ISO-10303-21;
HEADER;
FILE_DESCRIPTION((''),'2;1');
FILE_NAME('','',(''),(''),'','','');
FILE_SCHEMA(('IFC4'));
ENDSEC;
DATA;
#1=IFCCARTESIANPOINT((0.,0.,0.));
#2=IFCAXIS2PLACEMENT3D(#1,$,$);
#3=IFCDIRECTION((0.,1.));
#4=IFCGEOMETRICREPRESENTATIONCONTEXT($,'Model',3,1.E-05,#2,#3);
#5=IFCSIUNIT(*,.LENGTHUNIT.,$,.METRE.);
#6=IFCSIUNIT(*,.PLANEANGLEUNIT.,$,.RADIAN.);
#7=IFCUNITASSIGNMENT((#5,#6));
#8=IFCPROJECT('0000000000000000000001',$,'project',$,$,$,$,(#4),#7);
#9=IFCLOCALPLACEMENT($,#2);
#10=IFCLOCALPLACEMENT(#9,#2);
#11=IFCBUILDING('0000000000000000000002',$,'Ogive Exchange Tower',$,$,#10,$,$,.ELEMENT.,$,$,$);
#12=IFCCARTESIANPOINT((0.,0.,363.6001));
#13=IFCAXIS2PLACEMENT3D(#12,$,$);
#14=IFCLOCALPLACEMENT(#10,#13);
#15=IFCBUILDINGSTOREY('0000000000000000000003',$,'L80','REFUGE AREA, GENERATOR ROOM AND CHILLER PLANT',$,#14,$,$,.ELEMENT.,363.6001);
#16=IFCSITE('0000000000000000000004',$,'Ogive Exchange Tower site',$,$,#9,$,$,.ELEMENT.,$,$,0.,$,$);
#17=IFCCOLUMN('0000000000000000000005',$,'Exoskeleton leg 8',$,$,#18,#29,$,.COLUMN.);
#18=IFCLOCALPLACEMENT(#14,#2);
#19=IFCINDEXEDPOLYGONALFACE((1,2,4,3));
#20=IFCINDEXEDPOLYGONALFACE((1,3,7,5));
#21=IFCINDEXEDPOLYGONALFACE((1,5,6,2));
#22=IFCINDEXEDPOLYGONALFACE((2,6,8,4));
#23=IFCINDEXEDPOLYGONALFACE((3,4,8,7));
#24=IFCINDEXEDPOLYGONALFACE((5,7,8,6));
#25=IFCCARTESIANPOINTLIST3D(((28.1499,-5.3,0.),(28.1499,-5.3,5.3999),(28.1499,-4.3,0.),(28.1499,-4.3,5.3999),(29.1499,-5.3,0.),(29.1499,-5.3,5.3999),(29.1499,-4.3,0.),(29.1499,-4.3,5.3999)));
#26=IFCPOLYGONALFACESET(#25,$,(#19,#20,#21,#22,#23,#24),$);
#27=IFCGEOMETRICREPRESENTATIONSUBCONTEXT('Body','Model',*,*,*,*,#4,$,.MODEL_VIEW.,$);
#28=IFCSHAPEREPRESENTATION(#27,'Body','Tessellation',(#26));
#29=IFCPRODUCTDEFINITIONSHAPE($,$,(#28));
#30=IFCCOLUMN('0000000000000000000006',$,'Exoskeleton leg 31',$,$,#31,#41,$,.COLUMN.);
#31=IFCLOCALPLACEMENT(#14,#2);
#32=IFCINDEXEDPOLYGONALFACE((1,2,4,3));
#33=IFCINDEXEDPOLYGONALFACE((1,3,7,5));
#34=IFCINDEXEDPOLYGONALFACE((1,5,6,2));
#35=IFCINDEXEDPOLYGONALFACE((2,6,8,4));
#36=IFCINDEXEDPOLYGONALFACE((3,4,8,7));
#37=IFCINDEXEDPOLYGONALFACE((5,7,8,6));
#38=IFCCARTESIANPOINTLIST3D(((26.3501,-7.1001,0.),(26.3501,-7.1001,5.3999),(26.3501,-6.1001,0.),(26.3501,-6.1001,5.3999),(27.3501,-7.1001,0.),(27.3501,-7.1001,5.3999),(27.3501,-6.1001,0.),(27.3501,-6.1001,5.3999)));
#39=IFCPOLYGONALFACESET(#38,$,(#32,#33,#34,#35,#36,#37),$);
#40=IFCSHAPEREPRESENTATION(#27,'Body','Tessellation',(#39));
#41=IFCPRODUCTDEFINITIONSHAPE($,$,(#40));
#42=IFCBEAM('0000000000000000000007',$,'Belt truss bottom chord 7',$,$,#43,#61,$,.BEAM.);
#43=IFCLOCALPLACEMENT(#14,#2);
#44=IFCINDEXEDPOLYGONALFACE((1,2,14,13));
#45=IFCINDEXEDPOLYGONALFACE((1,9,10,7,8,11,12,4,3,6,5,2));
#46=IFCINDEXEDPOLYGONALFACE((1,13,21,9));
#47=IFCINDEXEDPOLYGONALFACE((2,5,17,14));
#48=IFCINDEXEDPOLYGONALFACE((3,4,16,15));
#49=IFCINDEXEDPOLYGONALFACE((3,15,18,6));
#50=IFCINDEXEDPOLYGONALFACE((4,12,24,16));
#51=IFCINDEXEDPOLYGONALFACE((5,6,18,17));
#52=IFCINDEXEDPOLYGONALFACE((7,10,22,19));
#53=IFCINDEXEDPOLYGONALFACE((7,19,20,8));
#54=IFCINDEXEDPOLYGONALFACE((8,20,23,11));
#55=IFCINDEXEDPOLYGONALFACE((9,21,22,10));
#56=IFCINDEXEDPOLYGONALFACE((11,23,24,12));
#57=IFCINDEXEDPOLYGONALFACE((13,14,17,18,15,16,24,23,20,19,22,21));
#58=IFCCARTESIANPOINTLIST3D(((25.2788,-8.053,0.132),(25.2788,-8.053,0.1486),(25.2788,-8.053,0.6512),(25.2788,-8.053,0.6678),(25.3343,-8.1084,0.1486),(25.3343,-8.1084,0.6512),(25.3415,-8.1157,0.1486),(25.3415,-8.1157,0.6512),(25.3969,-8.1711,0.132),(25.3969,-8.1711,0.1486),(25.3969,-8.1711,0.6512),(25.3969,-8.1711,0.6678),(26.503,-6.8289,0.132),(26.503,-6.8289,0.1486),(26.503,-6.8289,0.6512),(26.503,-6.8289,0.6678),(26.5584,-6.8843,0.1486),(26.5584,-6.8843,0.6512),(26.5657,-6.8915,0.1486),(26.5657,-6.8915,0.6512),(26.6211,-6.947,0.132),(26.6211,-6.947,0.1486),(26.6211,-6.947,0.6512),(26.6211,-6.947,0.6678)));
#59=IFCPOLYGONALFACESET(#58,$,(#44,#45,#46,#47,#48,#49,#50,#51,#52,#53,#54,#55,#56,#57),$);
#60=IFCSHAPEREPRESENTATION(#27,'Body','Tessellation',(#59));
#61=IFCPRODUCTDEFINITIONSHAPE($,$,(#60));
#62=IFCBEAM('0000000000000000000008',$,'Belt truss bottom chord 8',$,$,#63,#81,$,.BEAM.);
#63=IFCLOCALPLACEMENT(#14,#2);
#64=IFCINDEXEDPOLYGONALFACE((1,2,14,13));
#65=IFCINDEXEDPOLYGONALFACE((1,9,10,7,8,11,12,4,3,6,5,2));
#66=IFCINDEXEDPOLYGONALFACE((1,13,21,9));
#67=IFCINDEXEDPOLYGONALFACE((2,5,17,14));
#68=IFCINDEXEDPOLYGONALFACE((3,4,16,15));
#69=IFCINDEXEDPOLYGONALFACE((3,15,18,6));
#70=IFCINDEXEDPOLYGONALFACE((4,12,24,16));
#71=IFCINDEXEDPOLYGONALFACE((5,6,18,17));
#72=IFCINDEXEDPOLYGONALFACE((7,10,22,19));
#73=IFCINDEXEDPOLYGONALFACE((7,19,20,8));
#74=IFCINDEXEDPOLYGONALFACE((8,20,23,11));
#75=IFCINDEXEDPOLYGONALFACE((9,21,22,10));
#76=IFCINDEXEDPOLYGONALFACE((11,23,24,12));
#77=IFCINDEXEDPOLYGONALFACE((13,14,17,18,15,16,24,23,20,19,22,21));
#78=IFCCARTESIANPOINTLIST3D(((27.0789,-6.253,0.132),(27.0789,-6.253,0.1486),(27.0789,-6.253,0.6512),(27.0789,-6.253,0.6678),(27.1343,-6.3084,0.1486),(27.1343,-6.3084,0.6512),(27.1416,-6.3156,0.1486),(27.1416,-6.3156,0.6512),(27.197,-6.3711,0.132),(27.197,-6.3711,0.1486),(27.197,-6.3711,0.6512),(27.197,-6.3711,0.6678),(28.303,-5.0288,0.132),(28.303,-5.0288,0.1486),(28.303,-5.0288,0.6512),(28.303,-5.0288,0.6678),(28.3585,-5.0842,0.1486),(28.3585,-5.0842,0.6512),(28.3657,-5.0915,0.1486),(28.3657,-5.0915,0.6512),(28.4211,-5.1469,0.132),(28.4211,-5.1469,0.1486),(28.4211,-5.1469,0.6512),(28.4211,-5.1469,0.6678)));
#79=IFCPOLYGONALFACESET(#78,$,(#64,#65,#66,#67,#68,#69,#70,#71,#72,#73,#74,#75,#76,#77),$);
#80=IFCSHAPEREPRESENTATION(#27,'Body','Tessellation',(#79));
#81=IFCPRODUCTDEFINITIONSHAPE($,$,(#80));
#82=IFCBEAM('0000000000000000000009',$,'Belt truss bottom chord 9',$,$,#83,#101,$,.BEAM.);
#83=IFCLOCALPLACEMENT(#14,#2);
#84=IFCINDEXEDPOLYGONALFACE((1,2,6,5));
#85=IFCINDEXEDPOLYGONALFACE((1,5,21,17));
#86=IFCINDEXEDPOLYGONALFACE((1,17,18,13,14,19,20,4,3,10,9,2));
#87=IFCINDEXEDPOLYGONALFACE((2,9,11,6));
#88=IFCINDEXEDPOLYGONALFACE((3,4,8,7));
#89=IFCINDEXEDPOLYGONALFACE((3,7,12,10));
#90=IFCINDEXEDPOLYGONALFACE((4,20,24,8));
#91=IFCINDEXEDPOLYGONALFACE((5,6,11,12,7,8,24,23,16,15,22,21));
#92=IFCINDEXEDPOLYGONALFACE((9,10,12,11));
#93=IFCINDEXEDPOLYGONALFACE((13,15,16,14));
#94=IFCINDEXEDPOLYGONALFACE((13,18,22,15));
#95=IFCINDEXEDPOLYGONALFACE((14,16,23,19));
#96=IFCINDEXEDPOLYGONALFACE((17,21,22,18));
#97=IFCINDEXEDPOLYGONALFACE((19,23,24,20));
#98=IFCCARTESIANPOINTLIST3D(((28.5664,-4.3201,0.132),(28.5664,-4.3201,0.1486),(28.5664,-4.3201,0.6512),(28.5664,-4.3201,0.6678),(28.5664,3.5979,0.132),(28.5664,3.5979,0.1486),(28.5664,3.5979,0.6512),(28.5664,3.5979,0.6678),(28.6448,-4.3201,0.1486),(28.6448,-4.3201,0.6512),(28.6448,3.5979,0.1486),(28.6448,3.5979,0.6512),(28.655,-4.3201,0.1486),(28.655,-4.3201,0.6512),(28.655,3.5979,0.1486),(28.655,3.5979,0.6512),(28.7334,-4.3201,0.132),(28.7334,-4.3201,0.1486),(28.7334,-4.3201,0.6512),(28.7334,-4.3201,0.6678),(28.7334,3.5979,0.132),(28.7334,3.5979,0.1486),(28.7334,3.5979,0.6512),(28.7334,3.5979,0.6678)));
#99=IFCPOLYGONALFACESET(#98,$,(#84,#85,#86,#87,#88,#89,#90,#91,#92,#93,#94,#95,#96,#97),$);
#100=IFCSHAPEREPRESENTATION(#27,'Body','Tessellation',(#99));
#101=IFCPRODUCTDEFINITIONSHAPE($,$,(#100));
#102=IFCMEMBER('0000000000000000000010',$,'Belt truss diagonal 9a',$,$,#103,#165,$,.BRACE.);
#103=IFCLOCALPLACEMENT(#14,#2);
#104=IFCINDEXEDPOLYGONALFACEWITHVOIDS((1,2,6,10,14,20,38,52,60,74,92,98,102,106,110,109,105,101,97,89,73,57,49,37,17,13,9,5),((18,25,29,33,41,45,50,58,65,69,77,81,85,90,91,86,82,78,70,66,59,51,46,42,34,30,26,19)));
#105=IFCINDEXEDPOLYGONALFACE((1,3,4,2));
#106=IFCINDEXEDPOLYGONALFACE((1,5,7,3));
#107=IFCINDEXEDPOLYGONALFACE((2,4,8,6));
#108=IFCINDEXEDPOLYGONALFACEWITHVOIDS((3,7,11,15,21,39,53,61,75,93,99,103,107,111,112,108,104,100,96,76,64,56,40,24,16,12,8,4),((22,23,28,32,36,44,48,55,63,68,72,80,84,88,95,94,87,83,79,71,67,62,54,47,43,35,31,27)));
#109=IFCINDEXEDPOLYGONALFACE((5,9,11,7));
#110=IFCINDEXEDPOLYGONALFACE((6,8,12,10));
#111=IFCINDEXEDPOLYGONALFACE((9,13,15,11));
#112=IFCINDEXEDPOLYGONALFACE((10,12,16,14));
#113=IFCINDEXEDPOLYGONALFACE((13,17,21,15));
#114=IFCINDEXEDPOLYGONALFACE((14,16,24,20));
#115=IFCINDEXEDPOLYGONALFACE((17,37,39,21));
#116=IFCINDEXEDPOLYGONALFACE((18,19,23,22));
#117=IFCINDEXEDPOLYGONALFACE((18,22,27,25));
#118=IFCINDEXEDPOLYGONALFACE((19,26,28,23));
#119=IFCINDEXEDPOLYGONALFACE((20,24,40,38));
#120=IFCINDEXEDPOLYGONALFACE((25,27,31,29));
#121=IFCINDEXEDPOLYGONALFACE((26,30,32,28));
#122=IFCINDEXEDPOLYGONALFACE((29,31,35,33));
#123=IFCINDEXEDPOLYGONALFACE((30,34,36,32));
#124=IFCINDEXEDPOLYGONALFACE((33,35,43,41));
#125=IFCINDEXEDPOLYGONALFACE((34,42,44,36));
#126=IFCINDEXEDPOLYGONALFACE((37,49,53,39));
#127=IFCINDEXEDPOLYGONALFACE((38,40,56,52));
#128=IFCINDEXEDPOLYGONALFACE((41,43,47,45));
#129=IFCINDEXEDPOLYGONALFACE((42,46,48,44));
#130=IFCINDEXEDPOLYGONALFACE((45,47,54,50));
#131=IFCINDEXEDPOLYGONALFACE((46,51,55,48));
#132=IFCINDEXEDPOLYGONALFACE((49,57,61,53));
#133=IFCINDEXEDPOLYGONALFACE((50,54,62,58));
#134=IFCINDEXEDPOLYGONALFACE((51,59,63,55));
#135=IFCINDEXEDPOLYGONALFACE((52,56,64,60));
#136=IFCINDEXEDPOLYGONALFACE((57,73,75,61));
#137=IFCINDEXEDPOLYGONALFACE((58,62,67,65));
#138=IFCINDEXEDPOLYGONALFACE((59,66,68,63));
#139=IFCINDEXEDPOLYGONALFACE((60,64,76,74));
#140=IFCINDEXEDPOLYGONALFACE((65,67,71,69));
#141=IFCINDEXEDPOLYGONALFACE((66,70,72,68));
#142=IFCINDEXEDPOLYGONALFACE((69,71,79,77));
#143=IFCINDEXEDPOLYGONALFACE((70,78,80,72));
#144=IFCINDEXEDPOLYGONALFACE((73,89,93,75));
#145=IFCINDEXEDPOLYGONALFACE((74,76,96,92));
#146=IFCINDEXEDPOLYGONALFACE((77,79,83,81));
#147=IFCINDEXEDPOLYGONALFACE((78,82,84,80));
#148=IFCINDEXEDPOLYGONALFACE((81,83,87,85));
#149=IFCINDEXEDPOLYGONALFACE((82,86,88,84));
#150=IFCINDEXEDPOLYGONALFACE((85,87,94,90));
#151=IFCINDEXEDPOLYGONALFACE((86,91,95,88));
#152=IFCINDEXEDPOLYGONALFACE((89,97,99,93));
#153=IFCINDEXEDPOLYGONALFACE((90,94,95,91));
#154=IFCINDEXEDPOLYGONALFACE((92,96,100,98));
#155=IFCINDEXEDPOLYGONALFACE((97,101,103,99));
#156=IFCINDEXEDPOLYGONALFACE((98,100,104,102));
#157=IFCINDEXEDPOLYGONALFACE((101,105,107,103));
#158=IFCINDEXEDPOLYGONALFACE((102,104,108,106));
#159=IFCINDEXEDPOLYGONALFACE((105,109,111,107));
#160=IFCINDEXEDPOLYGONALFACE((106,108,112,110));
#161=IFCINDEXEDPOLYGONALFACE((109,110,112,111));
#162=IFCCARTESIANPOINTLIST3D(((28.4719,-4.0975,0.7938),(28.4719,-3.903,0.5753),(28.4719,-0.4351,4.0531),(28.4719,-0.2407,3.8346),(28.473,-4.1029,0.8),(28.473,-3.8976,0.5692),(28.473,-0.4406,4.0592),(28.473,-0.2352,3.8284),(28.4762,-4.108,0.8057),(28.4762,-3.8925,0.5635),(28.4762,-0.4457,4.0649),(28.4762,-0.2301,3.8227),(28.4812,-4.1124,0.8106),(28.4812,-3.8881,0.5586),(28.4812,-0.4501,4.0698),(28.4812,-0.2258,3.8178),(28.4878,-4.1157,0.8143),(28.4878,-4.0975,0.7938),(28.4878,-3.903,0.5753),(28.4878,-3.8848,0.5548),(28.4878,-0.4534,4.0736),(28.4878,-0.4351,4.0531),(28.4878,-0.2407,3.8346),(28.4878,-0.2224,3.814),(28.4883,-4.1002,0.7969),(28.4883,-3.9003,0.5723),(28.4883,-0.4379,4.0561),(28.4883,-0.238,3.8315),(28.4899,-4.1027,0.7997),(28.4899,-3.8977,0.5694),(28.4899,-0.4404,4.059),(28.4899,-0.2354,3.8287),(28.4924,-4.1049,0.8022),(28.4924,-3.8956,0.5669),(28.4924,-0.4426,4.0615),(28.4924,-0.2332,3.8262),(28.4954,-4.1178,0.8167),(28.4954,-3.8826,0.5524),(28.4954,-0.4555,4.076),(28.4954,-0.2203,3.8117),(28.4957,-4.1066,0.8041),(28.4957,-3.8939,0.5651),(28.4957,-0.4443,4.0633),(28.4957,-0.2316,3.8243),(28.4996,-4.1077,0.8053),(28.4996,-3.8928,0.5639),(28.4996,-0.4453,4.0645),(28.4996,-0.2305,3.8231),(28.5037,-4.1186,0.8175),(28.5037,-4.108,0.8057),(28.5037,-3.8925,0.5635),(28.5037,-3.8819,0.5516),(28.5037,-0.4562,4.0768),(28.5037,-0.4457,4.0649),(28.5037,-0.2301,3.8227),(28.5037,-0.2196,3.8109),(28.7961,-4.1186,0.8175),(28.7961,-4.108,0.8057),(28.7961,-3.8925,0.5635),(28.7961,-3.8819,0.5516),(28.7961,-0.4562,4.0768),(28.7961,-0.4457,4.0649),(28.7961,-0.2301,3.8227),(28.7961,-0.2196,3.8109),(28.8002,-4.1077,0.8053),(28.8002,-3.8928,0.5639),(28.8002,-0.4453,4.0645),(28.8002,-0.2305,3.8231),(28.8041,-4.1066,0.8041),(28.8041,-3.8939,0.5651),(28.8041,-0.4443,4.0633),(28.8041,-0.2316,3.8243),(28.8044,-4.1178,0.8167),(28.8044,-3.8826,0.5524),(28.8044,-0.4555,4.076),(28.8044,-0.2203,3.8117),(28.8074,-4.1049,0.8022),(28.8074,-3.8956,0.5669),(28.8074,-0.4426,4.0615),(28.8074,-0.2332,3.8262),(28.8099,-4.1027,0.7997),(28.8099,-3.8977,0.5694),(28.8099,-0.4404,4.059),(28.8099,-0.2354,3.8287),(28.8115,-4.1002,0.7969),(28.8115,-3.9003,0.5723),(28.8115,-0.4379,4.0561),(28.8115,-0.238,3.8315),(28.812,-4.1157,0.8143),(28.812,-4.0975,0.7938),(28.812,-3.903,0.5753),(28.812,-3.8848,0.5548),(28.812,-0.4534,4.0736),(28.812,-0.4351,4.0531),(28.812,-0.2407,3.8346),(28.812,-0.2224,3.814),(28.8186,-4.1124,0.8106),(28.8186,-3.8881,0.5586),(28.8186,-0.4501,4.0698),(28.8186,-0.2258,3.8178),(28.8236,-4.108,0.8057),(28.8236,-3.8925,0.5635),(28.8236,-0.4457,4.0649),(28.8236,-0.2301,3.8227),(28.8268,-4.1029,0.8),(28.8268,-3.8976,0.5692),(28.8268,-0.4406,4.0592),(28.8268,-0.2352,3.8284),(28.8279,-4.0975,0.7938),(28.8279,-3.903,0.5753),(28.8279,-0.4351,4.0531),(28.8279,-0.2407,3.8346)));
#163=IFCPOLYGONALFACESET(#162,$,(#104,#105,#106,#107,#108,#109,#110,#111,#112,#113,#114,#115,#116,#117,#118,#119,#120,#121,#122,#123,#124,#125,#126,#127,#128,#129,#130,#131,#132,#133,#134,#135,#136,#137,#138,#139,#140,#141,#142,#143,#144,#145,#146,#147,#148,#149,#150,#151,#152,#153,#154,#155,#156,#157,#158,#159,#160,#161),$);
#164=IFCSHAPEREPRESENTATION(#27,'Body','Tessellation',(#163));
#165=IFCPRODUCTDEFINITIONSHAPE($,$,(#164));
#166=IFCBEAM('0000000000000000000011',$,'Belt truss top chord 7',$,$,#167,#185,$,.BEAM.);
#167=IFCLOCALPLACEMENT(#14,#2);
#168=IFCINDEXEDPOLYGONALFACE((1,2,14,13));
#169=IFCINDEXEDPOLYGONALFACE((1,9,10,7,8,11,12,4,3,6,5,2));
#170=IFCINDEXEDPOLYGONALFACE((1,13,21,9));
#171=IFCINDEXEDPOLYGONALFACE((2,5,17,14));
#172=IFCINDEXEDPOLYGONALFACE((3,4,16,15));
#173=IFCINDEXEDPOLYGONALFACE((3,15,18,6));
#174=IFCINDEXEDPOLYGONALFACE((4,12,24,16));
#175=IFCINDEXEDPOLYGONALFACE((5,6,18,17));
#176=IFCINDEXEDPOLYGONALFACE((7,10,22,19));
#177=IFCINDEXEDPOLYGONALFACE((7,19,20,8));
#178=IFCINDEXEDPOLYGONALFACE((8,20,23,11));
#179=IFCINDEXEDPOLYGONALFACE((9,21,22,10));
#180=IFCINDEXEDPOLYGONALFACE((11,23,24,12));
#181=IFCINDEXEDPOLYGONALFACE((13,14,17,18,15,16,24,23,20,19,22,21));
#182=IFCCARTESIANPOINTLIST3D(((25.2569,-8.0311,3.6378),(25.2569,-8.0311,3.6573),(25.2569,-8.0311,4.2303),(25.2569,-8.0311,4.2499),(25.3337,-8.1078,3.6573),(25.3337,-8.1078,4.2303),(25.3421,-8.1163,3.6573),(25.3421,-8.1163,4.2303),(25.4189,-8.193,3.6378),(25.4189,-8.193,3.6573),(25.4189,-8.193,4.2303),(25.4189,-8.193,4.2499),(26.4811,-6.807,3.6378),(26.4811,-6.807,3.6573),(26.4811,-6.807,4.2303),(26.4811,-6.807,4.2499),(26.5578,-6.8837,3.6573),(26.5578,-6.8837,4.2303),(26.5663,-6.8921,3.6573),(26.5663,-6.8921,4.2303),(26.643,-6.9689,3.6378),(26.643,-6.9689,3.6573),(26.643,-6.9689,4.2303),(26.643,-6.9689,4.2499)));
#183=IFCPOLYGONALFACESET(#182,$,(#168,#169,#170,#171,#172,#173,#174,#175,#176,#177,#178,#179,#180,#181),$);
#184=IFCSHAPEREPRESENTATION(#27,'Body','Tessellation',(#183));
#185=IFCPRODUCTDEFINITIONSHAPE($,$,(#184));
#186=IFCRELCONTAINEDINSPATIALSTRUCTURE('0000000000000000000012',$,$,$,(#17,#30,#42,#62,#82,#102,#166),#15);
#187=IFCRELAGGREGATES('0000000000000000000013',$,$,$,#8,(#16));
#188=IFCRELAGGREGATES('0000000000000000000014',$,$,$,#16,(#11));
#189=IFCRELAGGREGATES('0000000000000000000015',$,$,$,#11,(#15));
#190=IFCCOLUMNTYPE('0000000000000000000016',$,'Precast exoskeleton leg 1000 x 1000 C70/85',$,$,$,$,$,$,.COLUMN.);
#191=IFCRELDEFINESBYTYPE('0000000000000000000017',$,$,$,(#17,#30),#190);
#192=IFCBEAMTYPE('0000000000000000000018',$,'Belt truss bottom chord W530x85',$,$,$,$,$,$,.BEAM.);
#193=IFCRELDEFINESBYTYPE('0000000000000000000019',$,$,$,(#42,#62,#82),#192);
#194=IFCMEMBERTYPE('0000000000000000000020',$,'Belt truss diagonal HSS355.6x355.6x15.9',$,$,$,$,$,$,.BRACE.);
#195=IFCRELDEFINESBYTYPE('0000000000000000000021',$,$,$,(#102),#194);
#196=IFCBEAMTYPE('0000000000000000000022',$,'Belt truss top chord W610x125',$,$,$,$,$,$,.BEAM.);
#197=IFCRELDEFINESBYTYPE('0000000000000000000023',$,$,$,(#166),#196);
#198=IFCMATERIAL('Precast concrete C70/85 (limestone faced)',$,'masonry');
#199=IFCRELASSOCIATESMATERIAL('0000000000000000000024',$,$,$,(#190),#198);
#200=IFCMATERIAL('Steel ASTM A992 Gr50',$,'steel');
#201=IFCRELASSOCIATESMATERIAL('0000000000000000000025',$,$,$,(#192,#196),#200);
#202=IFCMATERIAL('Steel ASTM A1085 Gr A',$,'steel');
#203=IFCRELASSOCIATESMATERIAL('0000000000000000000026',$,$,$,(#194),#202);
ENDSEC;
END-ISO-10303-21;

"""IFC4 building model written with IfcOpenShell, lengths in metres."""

from ifc_helpers import new_model, si_unit, direction, frame, origin, origin_2d, place, context, subcontext, project, spatial, rectangle, hollow_rectangle, i_section, extrude, material, material_profile, profile_set, type_object, element, save


model = new_model("IFC4")

# Units and contexts
model_context = context("Model", 3, precision=1e-05, world=origin(), true_north=direction((0.0, 1.0)))
body_context = subcontext(model_context, "Body", "Model", "MODEL_VIEW")
ifc_project = project(units=[si_unit("LENGTHUNIT", "METRE"), si_unit("PLANEANGLEUNIT", "RADIAN")], contexts=[model_context])

# Site, building, storey
site_placement = place(None, origin())
site = spatial("IfcSite", under=ifc_project, at=site_placement, Name="Ogive Exchange Tower site", CompositionType="ELEMENT", RefElevation=0.0)
building_placement = place(site_placement, origin())
building = spatial("IfcBuilding", under=site, at=building_placement, Name="Ogive Exchange Tower", CompositionType="ELEMENT")
storey_placement = place(building_placement, frame((0.0, 0.0, 363.6001)))
storey = spatial("IfcBuildingStorey", under=building, at=storey_placement, Name="L80", Description="REFUGE AREA, GENERATOR ROOM AND CHILLER PLANT", CompositionType="ELEMENT", Elevation=363.6001)

# Columns
ifc_material_1 = material(Name="Precast concrete C70/85 (limestone faced)", Category="masonry")
ifc_material_profile_1 = material_profile(ifc_material_1, rectangle(XDim=1.0, YDim=1.0, at=origin_2d()), Name="1000 x 1000")
ifc_profile_set_1 = profile_set([ifc_material_profile_1], Name="Precast concrete C70/85 (limestone faced)")
column_type = type_object("IfcColumnType", Name="Precast exoskeleton leg 1000 x 1000 C70/85", PredefinedType="COLUMN", material=ifc_profile_set_1)
for number, where, z_axis, x_axis, name in (
    (1, (28.6499, -4.8, 0.0), (0.0, 0.0, 1.0), (1.0, 0.0, 0.0), "Exoskeleton leg 8"),
    (2, (26.8501, -6.6001, 0.0), (0.0, 0.0, 1.0), (1.0, 0.0, 0.0), "Exoskeleton leg 31"),
):
    element("IfcColumn", number, at=place(storey_placement, frame(where, z_axis=z_axis, x_axis=x_axis)), inside=storey, type_object=column_type, Name=name, PredefinedType="COLUMN", context=body_context, shape_type="SweptSolid", body=[
        extrude(rectangle(XDim=1.0, YDim=1.0, at=origin_2d()), origin(), (0.0, 0.0, 1.0), 5.3999),
    ])

# Beams
ifc_material_2 = material(Name="Steel ASTM A992 Gr50", Category="steel")
ifc_material_profile_2 = material_profile(ifc_material_2, i_section(OverallWidth=0.167, OverallDepth=0.5359, WebThickness=0.0103, FlangeThickness=0.0166, at=origin_2d()), Name="W530x85")
ifc_profile_set_2 = profile_set([ifc_material_profile_2], Name="Steel ASTM A992 Gr50")
beam_type_1 = type_object("IfcBeamType", Name="Belt truss bottom chord W530x85", PredefinedType="BEAM", material=ifc_profile_set_2)
for number, where, z_axis, x_axis, name in (
    (3, (25.3379, -8.1121, 0.3999), (0.707107, 0.707107, 0.0), (-0.707107, 0.707107, 0.0), "Belt truss bottom chord 7"),
    (4, (27.1379, -6.312, 0.3999), (0.707107, 0.707107, 0.0), (-0.707107, 0.707107, 0.0), "Belt truss bottom chord 8"),
):
    element("IfcBeam", number, at=place(storey_placement, frame(where, z_axis=z_axis, x_axis=x_axis)), inside=storey, type_object=beam_type_1, Name=name, PredefinedType="BEAM", context=body_context, shape_type="SweptSolid", body=[
        extrude(i_section(OverallWidth=0.167, OverallDepth=0.5359, WebThickness=0.0103, FlangeThickness=0.0166, at=origin_2d()), origin(), (0.0, 0.0, 1.0), 1.7312),
    ])
beam_1_placement = place(storey_placement, frame((28.6499, -4.3201, 0.3999), z_axis=(0.0, 1.0, 0.0), x_axis=(-1.0, 0.0, 0.0)))
element("IfcBeam", 5, at=beam_1_placement, inside=storey, type_object=beam_type_1, Name="Belt truss bottom chord 9", PredefinedType="BEAM", context=body_context, shape_type="SweptSolid", body=[
    extrude(i_section(OverallWidth=0.167, OverallDepth=0.5359, WebThickness=0.0103, FlangeThickness=0.0166, at=origin_2d()), origin(), (0.0, 0.0, 1.0), 7.918),
])

# Member
ifc_material_3 = material(Name="Steel ASTM A1085 Gr A", Category="steel")
ifc_material_profile_3 = material_profile(ifc_material_3, hollow_rectangle(XDim=0.356, YDim=0.356, WallThickness=0.0159, InnerFilletRadius=0.0159, OuterFilletRadius=0.0317, at=origin_2d()), Name="HSS355.6x355.6x15.9")
ifc_profile_set_3 = profile_set([ifc_material_profile_3], Name="Steel ASTM A1085 Gr A")
member_type = type_object("IfcMemberType", Name="Belt truss diagonal HSS355.6x355.6x15.9", PredefinedType="BRACE", material=ifc_profile_set_3)
member_placement = place(storey_placement, frame((28.6499, -4.0002, 0.6846), z_axis=(0.0, 0.747019, 0.664803), x_axis=(-1.0, 0.0, 0.0)))
element("IfcMember", 6, at=member_placement, inside=storey, type_object=member_type, Name="Belt truss diagonal 9a", PredefinedType="BRACE", context=body_context, shape_type="SweptSolid", body=[
    extrude(hollow_rectangle(XDim=0.356, YDim=0.356, WallThickness=0.0159, InnerFilletRadius=0.0159, OuterFilletRadius=0.0317, at=origin_2d()), origin(), (0.0, 0.0, 1.0), 4.9026),
])

# Beam
ifc_material_profile_4 = material_profile(ifc_material_2, i_section(OverallWidth=0.229, OverallDepth=0.6121, WebThickness=0.012, FlangeThickness=0.0195, at=origin_2d()), Name="W610x125")
ifc_profile_set_4 = profile_set([ifc_material_profile_4], Name="Steel ASTM A992 Gr50")
beam_type_2 = type_object("IfcBeamType", Name="Belt truss top chord W610x125", PredefinedType="BEAM", material=ifc_profile_set_4)
for number, where, z_axis, x_axis, name in (
    (7, (25.3379, -8.1121, 3.9438), (0.707107, 0.707107, 0.0), (-0.707107, 0.707107, 0.0), "Belt truss top chord 7"),
):
    element("IfcBeam", number, at=place(storey_placement, frame(where, z_axis=z_axis, x_axis=x_axis)), inside=storey, type_object=beam_type_2, Name=name, PredefinedType="BEAM", context=body_context, shape_type="SweptSolid", body=[
        extrude(i_section(OverallWidth=0.229, OverallDepth=0.6121, WebThickness=0.012, FlangeThickness=0.0195, at=origin_2d()), origin(), (0.0, 0.0, 1.0), 1.7312),
    ])

save(model, "model.ifc")
